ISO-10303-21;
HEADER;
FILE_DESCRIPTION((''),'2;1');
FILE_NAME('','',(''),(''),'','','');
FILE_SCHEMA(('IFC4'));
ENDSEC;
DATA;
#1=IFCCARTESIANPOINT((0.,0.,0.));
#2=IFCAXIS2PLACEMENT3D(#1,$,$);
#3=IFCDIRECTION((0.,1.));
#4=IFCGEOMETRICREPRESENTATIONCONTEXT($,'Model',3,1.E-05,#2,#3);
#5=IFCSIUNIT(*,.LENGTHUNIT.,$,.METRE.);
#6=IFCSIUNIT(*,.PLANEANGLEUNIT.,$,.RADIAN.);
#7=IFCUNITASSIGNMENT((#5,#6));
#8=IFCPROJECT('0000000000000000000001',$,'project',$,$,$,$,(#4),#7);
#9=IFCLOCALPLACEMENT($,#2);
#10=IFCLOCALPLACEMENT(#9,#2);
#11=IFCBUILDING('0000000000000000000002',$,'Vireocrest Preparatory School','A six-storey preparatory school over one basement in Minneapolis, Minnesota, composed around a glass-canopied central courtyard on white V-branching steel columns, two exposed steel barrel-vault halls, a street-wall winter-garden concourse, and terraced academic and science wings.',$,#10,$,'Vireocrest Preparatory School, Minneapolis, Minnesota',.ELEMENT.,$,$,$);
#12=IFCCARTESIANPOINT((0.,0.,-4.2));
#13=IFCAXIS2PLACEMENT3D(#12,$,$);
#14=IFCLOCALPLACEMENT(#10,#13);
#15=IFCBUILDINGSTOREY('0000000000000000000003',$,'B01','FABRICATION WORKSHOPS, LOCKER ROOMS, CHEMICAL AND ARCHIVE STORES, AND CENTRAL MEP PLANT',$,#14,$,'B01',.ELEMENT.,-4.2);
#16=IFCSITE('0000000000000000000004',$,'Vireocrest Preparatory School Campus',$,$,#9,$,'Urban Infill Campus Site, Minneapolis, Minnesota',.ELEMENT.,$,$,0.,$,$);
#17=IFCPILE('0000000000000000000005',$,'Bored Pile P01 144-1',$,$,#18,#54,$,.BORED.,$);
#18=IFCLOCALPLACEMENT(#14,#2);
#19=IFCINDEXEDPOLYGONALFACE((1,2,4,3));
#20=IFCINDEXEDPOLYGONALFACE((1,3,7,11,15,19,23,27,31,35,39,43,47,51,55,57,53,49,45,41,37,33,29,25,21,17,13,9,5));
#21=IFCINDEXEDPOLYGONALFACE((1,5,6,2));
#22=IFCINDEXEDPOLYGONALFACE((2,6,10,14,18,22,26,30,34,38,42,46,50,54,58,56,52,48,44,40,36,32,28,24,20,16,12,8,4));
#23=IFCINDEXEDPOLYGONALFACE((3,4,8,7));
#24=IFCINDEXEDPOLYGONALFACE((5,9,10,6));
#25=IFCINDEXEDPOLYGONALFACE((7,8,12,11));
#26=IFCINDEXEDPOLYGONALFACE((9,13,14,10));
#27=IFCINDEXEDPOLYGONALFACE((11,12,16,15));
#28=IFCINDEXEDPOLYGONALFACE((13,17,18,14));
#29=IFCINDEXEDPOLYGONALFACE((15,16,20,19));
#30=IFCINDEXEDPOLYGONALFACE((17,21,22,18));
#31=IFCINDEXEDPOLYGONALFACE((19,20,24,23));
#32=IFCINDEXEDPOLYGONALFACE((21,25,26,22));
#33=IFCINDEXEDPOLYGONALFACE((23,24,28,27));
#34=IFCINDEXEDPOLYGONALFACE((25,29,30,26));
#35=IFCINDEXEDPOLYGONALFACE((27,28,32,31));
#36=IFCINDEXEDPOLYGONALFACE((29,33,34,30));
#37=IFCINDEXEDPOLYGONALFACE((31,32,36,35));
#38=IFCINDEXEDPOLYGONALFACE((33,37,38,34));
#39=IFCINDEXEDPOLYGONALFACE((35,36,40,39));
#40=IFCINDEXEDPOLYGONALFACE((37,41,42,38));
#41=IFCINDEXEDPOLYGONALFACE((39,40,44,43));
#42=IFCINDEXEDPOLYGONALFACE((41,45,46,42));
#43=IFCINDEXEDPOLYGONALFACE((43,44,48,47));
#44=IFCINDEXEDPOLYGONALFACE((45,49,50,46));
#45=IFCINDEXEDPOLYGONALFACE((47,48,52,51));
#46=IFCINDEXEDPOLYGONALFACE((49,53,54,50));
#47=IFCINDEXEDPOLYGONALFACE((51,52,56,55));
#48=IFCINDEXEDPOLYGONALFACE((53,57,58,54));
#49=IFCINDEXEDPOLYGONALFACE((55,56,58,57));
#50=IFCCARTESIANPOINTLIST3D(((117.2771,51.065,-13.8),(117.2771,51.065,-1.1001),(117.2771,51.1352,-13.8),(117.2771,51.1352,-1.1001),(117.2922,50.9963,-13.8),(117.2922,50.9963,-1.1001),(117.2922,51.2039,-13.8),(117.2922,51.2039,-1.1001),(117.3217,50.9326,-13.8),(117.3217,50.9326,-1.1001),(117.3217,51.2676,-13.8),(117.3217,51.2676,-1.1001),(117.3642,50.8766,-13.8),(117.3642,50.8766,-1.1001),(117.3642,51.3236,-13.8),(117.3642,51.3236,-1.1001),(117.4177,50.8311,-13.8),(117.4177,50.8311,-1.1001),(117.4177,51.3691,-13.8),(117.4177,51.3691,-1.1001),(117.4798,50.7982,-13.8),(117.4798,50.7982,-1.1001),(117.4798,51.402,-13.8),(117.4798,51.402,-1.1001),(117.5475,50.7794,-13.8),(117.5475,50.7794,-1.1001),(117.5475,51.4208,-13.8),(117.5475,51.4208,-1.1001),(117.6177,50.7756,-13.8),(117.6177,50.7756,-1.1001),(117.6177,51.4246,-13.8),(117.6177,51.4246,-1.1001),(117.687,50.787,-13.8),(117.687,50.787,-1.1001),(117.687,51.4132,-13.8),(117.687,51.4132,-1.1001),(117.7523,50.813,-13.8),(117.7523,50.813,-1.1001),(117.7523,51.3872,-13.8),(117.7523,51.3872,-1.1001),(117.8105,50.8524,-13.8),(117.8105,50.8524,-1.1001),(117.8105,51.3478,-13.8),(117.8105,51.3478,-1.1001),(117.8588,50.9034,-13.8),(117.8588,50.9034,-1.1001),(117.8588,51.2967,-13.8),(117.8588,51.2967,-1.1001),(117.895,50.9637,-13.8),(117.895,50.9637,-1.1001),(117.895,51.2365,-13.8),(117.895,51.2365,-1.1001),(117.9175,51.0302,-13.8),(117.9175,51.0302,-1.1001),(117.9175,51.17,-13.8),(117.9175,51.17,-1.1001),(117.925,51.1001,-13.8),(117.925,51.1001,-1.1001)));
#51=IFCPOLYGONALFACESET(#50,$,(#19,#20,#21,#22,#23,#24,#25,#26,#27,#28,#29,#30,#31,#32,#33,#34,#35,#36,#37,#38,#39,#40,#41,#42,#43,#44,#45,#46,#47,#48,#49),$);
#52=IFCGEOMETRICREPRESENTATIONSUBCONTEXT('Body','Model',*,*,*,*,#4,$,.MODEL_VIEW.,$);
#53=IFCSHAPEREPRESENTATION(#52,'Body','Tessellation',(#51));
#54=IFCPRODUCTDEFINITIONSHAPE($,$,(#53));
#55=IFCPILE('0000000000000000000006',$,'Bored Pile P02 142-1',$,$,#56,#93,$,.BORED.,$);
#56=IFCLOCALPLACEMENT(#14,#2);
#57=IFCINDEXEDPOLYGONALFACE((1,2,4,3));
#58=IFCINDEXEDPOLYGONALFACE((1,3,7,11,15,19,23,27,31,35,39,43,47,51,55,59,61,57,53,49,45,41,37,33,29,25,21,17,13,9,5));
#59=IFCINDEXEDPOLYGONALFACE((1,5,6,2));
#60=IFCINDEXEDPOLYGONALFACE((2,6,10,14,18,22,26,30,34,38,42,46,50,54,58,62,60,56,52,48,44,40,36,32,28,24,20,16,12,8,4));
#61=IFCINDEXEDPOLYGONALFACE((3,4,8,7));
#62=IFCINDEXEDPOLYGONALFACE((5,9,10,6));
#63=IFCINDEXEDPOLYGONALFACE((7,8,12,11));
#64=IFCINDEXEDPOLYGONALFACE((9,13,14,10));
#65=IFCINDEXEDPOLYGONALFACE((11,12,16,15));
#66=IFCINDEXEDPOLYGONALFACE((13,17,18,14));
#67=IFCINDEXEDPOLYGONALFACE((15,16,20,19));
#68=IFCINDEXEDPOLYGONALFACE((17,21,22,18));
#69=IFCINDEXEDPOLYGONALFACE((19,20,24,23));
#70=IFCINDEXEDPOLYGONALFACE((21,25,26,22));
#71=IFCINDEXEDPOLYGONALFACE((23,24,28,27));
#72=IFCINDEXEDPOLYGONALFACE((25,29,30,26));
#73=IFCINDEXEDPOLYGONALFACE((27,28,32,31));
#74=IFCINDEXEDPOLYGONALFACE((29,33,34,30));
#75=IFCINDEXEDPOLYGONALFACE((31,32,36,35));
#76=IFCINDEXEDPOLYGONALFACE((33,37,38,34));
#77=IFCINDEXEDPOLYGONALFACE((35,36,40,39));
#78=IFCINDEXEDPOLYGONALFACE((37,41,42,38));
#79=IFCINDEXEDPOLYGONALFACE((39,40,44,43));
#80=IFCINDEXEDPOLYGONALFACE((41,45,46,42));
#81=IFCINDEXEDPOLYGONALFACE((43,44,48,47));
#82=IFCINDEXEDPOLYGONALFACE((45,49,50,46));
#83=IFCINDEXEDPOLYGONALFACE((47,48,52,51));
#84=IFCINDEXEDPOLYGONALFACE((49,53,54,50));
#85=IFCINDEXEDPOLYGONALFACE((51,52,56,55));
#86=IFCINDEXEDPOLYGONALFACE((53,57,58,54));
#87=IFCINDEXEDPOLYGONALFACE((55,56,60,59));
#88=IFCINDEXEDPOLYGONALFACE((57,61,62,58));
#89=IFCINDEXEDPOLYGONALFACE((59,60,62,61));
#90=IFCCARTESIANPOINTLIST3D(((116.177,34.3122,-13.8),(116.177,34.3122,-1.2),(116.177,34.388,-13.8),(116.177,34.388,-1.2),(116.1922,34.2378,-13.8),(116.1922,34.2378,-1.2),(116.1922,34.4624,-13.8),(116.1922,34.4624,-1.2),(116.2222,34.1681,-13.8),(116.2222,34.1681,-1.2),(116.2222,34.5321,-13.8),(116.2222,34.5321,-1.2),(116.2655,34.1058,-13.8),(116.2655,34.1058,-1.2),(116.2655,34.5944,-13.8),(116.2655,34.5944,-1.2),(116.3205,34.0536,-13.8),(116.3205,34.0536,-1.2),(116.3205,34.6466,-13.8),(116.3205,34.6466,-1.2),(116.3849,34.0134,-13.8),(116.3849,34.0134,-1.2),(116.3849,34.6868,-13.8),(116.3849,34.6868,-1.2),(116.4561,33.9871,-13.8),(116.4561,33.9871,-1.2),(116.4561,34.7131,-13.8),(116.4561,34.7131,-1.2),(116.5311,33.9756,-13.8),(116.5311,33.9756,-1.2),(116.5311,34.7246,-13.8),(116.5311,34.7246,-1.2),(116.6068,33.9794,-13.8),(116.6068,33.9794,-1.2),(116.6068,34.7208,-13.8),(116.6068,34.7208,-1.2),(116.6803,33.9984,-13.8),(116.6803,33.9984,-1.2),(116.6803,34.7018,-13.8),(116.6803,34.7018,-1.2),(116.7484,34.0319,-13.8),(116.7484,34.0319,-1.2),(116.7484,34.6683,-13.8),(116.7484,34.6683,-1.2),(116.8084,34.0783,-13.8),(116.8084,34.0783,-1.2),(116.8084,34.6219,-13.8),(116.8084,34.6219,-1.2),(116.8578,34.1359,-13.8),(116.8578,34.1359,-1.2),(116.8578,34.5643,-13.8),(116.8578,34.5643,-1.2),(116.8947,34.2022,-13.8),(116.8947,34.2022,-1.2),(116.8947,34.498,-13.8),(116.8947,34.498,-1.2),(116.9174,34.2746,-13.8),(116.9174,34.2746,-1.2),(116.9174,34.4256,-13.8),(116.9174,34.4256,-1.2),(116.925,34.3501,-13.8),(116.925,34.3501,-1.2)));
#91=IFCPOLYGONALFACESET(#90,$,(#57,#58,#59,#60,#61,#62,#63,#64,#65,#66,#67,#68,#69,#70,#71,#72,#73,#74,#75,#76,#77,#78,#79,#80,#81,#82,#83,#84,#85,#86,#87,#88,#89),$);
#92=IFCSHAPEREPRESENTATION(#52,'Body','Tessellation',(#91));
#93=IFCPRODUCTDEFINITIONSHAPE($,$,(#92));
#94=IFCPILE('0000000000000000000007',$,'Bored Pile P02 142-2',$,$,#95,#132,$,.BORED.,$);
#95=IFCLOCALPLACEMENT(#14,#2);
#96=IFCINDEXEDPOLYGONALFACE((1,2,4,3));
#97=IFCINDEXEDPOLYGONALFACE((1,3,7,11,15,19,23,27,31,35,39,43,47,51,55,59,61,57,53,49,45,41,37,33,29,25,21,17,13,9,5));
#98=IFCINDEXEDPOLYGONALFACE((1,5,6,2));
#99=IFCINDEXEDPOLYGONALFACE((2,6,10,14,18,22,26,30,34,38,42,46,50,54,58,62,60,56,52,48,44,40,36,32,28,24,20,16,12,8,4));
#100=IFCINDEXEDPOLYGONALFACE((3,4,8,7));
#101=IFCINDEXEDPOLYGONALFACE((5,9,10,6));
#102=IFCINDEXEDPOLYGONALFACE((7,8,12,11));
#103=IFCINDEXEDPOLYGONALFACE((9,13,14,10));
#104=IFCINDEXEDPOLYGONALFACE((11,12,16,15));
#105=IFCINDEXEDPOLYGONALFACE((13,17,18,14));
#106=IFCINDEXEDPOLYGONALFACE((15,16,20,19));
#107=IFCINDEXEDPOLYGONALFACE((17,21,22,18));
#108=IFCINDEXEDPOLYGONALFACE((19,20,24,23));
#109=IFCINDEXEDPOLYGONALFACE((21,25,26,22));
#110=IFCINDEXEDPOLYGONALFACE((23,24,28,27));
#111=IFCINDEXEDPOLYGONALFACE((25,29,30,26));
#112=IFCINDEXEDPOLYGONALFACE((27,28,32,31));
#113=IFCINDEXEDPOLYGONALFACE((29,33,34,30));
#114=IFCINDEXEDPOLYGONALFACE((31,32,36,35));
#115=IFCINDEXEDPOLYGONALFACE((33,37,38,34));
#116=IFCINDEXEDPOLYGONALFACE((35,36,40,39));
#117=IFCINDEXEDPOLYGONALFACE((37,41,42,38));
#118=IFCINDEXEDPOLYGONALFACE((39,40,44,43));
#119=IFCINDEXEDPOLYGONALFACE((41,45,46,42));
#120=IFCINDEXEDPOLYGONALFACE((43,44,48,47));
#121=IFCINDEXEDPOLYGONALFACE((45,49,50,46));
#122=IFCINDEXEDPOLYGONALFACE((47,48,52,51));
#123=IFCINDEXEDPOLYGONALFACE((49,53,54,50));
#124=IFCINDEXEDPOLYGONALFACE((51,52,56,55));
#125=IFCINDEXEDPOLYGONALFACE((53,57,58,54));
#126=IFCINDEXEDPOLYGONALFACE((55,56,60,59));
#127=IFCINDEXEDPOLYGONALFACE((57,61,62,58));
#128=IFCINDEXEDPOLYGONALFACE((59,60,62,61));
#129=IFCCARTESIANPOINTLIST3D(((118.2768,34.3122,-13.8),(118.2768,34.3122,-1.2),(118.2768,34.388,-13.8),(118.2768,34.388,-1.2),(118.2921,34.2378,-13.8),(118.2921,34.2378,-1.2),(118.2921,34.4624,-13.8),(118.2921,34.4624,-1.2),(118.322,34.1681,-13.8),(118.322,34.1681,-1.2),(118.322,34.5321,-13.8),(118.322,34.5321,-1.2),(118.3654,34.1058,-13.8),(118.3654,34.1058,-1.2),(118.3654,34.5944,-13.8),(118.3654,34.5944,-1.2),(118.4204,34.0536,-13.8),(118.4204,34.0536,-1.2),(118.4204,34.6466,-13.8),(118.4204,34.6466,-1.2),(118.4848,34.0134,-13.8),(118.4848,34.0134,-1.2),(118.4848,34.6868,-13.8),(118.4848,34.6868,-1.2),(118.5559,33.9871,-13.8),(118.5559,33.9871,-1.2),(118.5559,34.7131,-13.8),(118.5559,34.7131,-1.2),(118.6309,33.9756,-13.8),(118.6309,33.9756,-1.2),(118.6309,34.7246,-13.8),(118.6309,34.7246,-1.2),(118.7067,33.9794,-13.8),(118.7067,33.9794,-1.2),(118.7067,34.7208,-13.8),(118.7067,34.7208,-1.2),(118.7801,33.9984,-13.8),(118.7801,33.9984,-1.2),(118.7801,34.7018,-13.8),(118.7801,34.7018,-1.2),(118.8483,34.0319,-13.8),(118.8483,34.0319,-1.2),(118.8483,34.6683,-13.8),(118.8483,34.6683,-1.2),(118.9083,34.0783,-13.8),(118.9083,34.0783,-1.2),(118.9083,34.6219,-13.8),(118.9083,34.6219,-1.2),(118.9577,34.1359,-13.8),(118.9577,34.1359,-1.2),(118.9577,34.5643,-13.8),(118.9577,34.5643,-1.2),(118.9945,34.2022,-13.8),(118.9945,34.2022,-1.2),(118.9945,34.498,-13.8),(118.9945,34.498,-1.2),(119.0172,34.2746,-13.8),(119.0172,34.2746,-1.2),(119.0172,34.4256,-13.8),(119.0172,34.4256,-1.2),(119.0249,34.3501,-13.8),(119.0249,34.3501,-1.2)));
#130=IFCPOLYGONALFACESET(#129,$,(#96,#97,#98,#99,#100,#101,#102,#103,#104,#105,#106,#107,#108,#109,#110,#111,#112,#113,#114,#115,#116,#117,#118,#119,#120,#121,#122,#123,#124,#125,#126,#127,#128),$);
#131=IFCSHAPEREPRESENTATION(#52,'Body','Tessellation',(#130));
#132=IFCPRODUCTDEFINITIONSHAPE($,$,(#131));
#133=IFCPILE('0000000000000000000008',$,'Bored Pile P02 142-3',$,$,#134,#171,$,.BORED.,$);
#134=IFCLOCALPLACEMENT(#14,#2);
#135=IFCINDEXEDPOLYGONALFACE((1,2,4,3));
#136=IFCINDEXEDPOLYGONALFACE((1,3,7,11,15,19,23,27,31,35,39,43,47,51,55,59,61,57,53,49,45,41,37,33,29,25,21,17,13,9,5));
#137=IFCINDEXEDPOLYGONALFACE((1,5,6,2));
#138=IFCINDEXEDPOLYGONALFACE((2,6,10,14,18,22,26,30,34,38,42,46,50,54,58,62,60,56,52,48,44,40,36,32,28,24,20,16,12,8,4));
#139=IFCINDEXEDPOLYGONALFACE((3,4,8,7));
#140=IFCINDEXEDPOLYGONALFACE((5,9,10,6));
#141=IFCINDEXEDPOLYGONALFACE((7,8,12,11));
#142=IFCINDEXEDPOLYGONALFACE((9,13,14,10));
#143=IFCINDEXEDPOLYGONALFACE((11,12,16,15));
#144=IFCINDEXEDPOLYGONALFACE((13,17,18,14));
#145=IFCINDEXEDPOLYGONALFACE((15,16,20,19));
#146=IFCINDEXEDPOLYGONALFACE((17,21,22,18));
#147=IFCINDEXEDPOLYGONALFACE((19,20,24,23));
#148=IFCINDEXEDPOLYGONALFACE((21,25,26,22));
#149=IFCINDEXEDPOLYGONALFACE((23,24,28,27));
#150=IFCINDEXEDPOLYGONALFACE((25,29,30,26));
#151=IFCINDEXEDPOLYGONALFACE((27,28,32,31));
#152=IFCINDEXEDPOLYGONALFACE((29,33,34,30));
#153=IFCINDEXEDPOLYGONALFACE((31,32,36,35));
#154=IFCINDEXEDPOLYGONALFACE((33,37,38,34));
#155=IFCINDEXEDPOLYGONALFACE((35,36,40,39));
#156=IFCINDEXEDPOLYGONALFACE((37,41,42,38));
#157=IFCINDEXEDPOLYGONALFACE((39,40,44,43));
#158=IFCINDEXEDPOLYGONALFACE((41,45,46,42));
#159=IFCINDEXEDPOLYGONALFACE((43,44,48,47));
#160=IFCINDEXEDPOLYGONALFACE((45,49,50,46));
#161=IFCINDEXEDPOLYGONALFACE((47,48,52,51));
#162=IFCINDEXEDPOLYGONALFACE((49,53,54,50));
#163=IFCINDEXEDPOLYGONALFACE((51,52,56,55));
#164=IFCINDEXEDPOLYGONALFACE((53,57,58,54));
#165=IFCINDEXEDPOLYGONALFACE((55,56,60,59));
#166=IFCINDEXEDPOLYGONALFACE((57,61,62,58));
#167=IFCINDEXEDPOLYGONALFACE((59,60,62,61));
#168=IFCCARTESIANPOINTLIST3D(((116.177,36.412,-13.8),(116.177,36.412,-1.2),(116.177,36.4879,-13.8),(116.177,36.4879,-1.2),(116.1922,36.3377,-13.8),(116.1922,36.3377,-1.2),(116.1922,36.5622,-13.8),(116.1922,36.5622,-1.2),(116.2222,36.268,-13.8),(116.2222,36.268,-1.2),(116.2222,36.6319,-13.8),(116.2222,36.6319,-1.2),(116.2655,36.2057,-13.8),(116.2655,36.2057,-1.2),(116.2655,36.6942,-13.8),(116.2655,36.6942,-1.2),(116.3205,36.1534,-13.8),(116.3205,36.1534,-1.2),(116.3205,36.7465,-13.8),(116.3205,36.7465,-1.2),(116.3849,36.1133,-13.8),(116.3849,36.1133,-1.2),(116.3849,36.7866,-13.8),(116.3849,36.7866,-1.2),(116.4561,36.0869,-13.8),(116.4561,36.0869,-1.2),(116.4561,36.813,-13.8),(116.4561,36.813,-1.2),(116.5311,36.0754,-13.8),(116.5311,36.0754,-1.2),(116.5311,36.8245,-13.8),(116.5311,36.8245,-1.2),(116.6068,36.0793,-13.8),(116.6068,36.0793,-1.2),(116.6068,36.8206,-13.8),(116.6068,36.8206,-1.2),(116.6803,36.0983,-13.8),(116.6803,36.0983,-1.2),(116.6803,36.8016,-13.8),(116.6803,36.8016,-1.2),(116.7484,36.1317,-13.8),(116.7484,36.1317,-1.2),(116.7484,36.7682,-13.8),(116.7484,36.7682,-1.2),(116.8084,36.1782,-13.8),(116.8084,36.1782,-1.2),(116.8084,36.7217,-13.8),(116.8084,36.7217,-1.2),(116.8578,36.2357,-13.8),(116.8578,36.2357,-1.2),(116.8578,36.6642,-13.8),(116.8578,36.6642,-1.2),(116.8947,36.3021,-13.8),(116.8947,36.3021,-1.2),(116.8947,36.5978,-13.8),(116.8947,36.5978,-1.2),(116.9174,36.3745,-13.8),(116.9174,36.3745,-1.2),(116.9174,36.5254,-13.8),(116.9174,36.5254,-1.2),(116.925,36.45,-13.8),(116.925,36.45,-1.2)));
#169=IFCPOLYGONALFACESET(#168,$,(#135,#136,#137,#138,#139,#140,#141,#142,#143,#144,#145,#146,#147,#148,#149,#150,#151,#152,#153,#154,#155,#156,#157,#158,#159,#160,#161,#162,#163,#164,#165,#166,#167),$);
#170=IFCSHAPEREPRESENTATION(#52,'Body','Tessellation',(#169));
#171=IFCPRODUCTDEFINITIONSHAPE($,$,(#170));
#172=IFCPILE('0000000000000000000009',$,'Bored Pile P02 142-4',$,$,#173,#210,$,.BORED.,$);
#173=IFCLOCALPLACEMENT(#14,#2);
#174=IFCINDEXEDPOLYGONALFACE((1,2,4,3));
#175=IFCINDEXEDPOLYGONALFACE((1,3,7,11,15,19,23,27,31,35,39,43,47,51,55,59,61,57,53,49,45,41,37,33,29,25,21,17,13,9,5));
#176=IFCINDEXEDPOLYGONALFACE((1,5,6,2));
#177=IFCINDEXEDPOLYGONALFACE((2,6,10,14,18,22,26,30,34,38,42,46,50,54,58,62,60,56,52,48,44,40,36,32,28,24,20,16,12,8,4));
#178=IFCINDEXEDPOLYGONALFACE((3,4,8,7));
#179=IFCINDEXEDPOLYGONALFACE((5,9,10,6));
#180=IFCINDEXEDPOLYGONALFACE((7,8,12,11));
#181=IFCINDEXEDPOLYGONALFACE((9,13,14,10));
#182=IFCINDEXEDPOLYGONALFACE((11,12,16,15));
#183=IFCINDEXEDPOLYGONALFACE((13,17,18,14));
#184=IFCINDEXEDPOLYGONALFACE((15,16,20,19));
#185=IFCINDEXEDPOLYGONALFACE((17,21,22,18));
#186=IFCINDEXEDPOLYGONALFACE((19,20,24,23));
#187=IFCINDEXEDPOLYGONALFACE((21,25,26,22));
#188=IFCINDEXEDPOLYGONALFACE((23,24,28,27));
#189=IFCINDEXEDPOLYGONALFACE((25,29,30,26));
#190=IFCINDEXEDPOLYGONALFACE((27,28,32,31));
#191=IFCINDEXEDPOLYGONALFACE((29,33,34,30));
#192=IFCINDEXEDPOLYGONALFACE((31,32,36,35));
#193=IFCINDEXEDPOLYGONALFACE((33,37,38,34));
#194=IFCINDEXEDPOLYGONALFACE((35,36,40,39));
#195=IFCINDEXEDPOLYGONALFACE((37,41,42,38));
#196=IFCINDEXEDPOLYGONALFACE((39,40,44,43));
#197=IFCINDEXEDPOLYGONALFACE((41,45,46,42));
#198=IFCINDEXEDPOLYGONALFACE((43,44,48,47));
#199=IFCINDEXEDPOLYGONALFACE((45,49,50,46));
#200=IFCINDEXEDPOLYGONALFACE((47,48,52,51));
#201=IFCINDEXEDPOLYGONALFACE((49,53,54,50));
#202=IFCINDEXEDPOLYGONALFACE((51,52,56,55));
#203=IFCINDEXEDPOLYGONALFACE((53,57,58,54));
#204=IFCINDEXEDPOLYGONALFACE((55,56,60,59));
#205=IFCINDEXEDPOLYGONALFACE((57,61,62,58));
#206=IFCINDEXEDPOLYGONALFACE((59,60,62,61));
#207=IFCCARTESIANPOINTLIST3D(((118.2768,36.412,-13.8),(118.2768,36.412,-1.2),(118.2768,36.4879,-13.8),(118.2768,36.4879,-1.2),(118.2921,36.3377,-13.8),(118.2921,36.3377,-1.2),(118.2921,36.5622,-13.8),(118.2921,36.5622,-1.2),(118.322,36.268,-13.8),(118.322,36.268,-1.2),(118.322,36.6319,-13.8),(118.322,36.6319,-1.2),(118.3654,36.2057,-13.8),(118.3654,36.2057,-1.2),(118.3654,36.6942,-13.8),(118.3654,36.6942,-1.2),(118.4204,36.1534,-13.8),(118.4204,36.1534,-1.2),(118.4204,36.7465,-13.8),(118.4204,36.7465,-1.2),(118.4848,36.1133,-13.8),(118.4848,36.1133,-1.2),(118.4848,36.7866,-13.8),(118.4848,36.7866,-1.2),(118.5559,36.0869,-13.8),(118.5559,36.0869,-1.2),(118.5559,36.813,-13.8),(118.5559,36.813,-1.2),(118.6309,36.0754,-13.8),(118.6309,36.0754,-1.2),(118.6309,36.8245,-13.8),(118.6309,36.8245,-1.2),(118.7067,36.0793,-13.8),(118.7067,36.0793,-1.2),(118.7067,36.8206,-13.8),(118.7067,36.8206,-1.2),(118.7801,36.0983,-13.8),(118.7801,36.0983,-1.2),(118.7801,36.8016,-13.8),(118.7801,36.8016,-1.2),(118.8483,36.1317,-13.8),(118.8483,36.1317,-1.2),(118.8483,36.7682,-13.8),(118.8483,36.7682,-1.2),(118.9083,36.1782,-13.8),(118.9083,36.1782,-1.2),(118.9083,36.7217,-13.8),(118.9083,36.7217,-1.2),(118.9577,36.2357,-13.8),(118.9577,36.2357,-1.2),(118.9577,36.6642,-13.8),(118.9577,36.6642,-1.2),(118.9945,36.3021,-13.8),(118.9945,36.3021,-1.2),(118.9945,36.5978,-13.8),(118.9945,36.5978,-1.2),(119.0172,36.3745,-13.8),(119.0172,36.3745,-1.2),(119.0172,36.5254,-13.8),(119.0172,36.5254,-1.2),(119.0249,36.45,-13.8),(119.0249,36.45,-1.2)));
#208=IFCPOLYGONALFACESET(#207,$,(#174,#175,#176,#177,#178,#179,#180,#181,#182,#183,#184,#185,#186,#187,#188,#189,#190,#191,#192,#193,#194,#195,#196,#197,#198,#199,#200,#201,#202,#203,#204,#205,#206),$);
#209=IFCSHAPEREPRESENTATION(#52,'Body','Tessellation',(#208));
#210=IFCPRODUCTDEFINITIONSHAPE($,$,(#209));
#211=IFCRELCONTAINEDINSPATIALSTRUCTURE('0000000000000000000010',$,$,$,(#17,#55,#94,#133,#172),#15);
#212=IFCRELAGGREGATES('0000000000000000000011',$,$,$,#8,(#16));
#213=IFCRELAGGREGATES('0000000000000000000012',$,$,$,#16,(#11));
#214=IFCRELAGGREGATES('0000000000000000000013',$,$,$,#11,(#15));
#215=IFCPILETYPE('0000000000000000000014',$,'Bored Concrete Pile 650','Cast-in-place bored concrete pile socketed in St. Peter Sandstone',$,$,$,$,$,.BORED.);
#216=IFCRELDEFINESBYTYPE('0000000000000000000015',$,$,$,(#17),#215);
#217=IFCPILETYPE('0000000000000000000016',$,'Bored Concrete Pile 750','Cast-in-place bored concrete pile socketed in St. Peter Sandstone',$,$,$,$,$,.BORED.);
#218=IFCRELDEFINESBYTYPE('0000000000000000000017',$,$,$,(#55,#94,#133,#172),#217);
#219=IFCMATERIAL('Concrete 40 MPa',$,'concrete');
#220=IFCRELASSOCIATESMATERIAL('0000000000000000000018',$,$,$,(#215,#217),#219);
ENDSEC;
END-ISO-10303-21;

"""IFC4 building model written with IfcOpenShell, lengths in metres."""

from ifc_helpers import new_model, si_unit, direction, frame, origin, origin_2d, place, context, subcontext, project, spatial, circle, extrude, material, material_profile, profile_set, type_object, element, save


model = new_model("IFC4")

# Units and contexts
model_context = context("Model", 3, precision=1e-05, world=origin(), true_north=direction((0.0, 1.0)))
body_context = subcontext(model_context, "Body", "Model", "MODEL_VIEW")
ifc_project = project(units=[si_unit("LENGTHUNIT", "METRE"), si_unit("PLANEANGLEUNIT", "RADIAN")], contexts=[model_context])

# Site, building, storey
site_placement = place(None, origin())
site = spatial("IfcSite", under=ifc_project, at=site_placement, Name="Vireocrest Preparatory School Campus", LongName="Urban Infill Campus Site, Minneapolis, Minnesota", CompositionType="ELEMENT", RefElevation=0.0)
building_placement = place(site_placement, origin())
building = spatial("IfcBuilding", under=site, at=building_placement, Name="Vireocrest Preparatory School", Description="A six-storey preparatory school over one basement in Minneapolis, Minnesota, composed around a glass-canopied central courtyard on white V-branching steel columns, two exposed steel barrel-vault halls, a street-wall winter-garden concourse, and terraced academic and science wings.", LongName="Vireocrest Preparatory School, Minneapolis, Minnesota", CompositionType="ELEMENT")
storey_placement = place(building_placement, frame((0.0, 0.0, -4.2)))
storey = spatial("IfcBuildingStorey", under=building, at=storey_placement, Name="B01", Description="FABRICATION WORKSHOPS, LOCKER ROOMS, CHEMICAL AND ARCHIVE STORES, AND CENTRAL MEP PLANT", LongName="B01", CompositionType="ELEMENT", Elevation=-4.2)

# Piles
ifc_material_1 = material(Name="Concrete 40 MPa", Category="concrete")
ifc_material_profile_1 = material_profile(ifc_material_1, circle(Radius=0.325, at=origin_2d()), Name="BORED PILE 650")
ifc_profile_set_1 = profile_set([ifc_material_profile_1], Name="Concrete 40 MPa")
pile_type_1 = type_object("IfcPileType", Name="Bored Concrete Pile 650", Description="Cast-in-place bored concrete pile socketed in St. Peter Sandstone", PredefinedType="BORED", material=ifc_profile_set_1)
pile_placement = place(storey_placement, frame((117.6001, 51.1001, -1.1001), z_axis=(0.0, 0.0, -1.0), x_axis=(1.0, 0.0, 0.0)))
element("IfcPile", 1, at=pile_placement, inside=storey, type_object=pile_type_1, Name="Bored Pile P01 144-1", PredefinedType="BORED", context=body_context, shape_type="SweptSolid", body=[
    extrude(circle(Radius=0.325, at=origin_2d()), origin(), (0.0, 0.0, 1.0), 12.7),
])
ifc_material_profile_2 = material_profile(ifc_material_1, circle(Radius=0.375, at=origin_2d()), Name="BORED PILE 750")
ifc_profile_set_2 = profile_set([ifc_material_profile_2], Name="Concrete 40 MPa")
pile_type_2 = type_object("IfcPileType", Name="Bored Concrete Pile 750", Description="Cast-in-place bored concrete pile socketed in St. Peter Sandstone", PredefinedType="BORED", material=ifc_profile_set_2)
for number, where, z_axis, x_axis, name in (
    (2, (116.55, 34.3501, -1.2), (0.0, 0.0, -1.0), (1.0, 0.0, 0.0), "Bored Pile P02 142-1"),
    (3, (118.6499, 34.3501, -1.2), (0.0, 0.0, -1.0), (1.0, 0.0, 0.0), "Bored Pile P02 142-2"),
    (4, (116.55, 36.45, -1.2), (0.0, 0.0, -1.0), (1.0, 0.0, 0.0), "Bored Pile P02 142-3"),
    (5, (118.6499, 36.45, -1.2), (0.0, 0.0, -1.0), (1.0, 0.0, 0.0), "Bored Pile P02 142-4"),
):
    element("IfcPile", number, at=place(storey_placement, frame(where, z_axis=z_axis, x_axis=x_axis)), inside=storey, type_object=pile_type_2, Name=name, PredefinedType="BORED", context=body_context, shape_type="SweptSolid", body=[
        extrude(circle(Radius=0.375, at=origin_2d()), origin(), (0.0, 0.0, 1.0), 12.6001),
    ])

save(model, "model.ifc")
